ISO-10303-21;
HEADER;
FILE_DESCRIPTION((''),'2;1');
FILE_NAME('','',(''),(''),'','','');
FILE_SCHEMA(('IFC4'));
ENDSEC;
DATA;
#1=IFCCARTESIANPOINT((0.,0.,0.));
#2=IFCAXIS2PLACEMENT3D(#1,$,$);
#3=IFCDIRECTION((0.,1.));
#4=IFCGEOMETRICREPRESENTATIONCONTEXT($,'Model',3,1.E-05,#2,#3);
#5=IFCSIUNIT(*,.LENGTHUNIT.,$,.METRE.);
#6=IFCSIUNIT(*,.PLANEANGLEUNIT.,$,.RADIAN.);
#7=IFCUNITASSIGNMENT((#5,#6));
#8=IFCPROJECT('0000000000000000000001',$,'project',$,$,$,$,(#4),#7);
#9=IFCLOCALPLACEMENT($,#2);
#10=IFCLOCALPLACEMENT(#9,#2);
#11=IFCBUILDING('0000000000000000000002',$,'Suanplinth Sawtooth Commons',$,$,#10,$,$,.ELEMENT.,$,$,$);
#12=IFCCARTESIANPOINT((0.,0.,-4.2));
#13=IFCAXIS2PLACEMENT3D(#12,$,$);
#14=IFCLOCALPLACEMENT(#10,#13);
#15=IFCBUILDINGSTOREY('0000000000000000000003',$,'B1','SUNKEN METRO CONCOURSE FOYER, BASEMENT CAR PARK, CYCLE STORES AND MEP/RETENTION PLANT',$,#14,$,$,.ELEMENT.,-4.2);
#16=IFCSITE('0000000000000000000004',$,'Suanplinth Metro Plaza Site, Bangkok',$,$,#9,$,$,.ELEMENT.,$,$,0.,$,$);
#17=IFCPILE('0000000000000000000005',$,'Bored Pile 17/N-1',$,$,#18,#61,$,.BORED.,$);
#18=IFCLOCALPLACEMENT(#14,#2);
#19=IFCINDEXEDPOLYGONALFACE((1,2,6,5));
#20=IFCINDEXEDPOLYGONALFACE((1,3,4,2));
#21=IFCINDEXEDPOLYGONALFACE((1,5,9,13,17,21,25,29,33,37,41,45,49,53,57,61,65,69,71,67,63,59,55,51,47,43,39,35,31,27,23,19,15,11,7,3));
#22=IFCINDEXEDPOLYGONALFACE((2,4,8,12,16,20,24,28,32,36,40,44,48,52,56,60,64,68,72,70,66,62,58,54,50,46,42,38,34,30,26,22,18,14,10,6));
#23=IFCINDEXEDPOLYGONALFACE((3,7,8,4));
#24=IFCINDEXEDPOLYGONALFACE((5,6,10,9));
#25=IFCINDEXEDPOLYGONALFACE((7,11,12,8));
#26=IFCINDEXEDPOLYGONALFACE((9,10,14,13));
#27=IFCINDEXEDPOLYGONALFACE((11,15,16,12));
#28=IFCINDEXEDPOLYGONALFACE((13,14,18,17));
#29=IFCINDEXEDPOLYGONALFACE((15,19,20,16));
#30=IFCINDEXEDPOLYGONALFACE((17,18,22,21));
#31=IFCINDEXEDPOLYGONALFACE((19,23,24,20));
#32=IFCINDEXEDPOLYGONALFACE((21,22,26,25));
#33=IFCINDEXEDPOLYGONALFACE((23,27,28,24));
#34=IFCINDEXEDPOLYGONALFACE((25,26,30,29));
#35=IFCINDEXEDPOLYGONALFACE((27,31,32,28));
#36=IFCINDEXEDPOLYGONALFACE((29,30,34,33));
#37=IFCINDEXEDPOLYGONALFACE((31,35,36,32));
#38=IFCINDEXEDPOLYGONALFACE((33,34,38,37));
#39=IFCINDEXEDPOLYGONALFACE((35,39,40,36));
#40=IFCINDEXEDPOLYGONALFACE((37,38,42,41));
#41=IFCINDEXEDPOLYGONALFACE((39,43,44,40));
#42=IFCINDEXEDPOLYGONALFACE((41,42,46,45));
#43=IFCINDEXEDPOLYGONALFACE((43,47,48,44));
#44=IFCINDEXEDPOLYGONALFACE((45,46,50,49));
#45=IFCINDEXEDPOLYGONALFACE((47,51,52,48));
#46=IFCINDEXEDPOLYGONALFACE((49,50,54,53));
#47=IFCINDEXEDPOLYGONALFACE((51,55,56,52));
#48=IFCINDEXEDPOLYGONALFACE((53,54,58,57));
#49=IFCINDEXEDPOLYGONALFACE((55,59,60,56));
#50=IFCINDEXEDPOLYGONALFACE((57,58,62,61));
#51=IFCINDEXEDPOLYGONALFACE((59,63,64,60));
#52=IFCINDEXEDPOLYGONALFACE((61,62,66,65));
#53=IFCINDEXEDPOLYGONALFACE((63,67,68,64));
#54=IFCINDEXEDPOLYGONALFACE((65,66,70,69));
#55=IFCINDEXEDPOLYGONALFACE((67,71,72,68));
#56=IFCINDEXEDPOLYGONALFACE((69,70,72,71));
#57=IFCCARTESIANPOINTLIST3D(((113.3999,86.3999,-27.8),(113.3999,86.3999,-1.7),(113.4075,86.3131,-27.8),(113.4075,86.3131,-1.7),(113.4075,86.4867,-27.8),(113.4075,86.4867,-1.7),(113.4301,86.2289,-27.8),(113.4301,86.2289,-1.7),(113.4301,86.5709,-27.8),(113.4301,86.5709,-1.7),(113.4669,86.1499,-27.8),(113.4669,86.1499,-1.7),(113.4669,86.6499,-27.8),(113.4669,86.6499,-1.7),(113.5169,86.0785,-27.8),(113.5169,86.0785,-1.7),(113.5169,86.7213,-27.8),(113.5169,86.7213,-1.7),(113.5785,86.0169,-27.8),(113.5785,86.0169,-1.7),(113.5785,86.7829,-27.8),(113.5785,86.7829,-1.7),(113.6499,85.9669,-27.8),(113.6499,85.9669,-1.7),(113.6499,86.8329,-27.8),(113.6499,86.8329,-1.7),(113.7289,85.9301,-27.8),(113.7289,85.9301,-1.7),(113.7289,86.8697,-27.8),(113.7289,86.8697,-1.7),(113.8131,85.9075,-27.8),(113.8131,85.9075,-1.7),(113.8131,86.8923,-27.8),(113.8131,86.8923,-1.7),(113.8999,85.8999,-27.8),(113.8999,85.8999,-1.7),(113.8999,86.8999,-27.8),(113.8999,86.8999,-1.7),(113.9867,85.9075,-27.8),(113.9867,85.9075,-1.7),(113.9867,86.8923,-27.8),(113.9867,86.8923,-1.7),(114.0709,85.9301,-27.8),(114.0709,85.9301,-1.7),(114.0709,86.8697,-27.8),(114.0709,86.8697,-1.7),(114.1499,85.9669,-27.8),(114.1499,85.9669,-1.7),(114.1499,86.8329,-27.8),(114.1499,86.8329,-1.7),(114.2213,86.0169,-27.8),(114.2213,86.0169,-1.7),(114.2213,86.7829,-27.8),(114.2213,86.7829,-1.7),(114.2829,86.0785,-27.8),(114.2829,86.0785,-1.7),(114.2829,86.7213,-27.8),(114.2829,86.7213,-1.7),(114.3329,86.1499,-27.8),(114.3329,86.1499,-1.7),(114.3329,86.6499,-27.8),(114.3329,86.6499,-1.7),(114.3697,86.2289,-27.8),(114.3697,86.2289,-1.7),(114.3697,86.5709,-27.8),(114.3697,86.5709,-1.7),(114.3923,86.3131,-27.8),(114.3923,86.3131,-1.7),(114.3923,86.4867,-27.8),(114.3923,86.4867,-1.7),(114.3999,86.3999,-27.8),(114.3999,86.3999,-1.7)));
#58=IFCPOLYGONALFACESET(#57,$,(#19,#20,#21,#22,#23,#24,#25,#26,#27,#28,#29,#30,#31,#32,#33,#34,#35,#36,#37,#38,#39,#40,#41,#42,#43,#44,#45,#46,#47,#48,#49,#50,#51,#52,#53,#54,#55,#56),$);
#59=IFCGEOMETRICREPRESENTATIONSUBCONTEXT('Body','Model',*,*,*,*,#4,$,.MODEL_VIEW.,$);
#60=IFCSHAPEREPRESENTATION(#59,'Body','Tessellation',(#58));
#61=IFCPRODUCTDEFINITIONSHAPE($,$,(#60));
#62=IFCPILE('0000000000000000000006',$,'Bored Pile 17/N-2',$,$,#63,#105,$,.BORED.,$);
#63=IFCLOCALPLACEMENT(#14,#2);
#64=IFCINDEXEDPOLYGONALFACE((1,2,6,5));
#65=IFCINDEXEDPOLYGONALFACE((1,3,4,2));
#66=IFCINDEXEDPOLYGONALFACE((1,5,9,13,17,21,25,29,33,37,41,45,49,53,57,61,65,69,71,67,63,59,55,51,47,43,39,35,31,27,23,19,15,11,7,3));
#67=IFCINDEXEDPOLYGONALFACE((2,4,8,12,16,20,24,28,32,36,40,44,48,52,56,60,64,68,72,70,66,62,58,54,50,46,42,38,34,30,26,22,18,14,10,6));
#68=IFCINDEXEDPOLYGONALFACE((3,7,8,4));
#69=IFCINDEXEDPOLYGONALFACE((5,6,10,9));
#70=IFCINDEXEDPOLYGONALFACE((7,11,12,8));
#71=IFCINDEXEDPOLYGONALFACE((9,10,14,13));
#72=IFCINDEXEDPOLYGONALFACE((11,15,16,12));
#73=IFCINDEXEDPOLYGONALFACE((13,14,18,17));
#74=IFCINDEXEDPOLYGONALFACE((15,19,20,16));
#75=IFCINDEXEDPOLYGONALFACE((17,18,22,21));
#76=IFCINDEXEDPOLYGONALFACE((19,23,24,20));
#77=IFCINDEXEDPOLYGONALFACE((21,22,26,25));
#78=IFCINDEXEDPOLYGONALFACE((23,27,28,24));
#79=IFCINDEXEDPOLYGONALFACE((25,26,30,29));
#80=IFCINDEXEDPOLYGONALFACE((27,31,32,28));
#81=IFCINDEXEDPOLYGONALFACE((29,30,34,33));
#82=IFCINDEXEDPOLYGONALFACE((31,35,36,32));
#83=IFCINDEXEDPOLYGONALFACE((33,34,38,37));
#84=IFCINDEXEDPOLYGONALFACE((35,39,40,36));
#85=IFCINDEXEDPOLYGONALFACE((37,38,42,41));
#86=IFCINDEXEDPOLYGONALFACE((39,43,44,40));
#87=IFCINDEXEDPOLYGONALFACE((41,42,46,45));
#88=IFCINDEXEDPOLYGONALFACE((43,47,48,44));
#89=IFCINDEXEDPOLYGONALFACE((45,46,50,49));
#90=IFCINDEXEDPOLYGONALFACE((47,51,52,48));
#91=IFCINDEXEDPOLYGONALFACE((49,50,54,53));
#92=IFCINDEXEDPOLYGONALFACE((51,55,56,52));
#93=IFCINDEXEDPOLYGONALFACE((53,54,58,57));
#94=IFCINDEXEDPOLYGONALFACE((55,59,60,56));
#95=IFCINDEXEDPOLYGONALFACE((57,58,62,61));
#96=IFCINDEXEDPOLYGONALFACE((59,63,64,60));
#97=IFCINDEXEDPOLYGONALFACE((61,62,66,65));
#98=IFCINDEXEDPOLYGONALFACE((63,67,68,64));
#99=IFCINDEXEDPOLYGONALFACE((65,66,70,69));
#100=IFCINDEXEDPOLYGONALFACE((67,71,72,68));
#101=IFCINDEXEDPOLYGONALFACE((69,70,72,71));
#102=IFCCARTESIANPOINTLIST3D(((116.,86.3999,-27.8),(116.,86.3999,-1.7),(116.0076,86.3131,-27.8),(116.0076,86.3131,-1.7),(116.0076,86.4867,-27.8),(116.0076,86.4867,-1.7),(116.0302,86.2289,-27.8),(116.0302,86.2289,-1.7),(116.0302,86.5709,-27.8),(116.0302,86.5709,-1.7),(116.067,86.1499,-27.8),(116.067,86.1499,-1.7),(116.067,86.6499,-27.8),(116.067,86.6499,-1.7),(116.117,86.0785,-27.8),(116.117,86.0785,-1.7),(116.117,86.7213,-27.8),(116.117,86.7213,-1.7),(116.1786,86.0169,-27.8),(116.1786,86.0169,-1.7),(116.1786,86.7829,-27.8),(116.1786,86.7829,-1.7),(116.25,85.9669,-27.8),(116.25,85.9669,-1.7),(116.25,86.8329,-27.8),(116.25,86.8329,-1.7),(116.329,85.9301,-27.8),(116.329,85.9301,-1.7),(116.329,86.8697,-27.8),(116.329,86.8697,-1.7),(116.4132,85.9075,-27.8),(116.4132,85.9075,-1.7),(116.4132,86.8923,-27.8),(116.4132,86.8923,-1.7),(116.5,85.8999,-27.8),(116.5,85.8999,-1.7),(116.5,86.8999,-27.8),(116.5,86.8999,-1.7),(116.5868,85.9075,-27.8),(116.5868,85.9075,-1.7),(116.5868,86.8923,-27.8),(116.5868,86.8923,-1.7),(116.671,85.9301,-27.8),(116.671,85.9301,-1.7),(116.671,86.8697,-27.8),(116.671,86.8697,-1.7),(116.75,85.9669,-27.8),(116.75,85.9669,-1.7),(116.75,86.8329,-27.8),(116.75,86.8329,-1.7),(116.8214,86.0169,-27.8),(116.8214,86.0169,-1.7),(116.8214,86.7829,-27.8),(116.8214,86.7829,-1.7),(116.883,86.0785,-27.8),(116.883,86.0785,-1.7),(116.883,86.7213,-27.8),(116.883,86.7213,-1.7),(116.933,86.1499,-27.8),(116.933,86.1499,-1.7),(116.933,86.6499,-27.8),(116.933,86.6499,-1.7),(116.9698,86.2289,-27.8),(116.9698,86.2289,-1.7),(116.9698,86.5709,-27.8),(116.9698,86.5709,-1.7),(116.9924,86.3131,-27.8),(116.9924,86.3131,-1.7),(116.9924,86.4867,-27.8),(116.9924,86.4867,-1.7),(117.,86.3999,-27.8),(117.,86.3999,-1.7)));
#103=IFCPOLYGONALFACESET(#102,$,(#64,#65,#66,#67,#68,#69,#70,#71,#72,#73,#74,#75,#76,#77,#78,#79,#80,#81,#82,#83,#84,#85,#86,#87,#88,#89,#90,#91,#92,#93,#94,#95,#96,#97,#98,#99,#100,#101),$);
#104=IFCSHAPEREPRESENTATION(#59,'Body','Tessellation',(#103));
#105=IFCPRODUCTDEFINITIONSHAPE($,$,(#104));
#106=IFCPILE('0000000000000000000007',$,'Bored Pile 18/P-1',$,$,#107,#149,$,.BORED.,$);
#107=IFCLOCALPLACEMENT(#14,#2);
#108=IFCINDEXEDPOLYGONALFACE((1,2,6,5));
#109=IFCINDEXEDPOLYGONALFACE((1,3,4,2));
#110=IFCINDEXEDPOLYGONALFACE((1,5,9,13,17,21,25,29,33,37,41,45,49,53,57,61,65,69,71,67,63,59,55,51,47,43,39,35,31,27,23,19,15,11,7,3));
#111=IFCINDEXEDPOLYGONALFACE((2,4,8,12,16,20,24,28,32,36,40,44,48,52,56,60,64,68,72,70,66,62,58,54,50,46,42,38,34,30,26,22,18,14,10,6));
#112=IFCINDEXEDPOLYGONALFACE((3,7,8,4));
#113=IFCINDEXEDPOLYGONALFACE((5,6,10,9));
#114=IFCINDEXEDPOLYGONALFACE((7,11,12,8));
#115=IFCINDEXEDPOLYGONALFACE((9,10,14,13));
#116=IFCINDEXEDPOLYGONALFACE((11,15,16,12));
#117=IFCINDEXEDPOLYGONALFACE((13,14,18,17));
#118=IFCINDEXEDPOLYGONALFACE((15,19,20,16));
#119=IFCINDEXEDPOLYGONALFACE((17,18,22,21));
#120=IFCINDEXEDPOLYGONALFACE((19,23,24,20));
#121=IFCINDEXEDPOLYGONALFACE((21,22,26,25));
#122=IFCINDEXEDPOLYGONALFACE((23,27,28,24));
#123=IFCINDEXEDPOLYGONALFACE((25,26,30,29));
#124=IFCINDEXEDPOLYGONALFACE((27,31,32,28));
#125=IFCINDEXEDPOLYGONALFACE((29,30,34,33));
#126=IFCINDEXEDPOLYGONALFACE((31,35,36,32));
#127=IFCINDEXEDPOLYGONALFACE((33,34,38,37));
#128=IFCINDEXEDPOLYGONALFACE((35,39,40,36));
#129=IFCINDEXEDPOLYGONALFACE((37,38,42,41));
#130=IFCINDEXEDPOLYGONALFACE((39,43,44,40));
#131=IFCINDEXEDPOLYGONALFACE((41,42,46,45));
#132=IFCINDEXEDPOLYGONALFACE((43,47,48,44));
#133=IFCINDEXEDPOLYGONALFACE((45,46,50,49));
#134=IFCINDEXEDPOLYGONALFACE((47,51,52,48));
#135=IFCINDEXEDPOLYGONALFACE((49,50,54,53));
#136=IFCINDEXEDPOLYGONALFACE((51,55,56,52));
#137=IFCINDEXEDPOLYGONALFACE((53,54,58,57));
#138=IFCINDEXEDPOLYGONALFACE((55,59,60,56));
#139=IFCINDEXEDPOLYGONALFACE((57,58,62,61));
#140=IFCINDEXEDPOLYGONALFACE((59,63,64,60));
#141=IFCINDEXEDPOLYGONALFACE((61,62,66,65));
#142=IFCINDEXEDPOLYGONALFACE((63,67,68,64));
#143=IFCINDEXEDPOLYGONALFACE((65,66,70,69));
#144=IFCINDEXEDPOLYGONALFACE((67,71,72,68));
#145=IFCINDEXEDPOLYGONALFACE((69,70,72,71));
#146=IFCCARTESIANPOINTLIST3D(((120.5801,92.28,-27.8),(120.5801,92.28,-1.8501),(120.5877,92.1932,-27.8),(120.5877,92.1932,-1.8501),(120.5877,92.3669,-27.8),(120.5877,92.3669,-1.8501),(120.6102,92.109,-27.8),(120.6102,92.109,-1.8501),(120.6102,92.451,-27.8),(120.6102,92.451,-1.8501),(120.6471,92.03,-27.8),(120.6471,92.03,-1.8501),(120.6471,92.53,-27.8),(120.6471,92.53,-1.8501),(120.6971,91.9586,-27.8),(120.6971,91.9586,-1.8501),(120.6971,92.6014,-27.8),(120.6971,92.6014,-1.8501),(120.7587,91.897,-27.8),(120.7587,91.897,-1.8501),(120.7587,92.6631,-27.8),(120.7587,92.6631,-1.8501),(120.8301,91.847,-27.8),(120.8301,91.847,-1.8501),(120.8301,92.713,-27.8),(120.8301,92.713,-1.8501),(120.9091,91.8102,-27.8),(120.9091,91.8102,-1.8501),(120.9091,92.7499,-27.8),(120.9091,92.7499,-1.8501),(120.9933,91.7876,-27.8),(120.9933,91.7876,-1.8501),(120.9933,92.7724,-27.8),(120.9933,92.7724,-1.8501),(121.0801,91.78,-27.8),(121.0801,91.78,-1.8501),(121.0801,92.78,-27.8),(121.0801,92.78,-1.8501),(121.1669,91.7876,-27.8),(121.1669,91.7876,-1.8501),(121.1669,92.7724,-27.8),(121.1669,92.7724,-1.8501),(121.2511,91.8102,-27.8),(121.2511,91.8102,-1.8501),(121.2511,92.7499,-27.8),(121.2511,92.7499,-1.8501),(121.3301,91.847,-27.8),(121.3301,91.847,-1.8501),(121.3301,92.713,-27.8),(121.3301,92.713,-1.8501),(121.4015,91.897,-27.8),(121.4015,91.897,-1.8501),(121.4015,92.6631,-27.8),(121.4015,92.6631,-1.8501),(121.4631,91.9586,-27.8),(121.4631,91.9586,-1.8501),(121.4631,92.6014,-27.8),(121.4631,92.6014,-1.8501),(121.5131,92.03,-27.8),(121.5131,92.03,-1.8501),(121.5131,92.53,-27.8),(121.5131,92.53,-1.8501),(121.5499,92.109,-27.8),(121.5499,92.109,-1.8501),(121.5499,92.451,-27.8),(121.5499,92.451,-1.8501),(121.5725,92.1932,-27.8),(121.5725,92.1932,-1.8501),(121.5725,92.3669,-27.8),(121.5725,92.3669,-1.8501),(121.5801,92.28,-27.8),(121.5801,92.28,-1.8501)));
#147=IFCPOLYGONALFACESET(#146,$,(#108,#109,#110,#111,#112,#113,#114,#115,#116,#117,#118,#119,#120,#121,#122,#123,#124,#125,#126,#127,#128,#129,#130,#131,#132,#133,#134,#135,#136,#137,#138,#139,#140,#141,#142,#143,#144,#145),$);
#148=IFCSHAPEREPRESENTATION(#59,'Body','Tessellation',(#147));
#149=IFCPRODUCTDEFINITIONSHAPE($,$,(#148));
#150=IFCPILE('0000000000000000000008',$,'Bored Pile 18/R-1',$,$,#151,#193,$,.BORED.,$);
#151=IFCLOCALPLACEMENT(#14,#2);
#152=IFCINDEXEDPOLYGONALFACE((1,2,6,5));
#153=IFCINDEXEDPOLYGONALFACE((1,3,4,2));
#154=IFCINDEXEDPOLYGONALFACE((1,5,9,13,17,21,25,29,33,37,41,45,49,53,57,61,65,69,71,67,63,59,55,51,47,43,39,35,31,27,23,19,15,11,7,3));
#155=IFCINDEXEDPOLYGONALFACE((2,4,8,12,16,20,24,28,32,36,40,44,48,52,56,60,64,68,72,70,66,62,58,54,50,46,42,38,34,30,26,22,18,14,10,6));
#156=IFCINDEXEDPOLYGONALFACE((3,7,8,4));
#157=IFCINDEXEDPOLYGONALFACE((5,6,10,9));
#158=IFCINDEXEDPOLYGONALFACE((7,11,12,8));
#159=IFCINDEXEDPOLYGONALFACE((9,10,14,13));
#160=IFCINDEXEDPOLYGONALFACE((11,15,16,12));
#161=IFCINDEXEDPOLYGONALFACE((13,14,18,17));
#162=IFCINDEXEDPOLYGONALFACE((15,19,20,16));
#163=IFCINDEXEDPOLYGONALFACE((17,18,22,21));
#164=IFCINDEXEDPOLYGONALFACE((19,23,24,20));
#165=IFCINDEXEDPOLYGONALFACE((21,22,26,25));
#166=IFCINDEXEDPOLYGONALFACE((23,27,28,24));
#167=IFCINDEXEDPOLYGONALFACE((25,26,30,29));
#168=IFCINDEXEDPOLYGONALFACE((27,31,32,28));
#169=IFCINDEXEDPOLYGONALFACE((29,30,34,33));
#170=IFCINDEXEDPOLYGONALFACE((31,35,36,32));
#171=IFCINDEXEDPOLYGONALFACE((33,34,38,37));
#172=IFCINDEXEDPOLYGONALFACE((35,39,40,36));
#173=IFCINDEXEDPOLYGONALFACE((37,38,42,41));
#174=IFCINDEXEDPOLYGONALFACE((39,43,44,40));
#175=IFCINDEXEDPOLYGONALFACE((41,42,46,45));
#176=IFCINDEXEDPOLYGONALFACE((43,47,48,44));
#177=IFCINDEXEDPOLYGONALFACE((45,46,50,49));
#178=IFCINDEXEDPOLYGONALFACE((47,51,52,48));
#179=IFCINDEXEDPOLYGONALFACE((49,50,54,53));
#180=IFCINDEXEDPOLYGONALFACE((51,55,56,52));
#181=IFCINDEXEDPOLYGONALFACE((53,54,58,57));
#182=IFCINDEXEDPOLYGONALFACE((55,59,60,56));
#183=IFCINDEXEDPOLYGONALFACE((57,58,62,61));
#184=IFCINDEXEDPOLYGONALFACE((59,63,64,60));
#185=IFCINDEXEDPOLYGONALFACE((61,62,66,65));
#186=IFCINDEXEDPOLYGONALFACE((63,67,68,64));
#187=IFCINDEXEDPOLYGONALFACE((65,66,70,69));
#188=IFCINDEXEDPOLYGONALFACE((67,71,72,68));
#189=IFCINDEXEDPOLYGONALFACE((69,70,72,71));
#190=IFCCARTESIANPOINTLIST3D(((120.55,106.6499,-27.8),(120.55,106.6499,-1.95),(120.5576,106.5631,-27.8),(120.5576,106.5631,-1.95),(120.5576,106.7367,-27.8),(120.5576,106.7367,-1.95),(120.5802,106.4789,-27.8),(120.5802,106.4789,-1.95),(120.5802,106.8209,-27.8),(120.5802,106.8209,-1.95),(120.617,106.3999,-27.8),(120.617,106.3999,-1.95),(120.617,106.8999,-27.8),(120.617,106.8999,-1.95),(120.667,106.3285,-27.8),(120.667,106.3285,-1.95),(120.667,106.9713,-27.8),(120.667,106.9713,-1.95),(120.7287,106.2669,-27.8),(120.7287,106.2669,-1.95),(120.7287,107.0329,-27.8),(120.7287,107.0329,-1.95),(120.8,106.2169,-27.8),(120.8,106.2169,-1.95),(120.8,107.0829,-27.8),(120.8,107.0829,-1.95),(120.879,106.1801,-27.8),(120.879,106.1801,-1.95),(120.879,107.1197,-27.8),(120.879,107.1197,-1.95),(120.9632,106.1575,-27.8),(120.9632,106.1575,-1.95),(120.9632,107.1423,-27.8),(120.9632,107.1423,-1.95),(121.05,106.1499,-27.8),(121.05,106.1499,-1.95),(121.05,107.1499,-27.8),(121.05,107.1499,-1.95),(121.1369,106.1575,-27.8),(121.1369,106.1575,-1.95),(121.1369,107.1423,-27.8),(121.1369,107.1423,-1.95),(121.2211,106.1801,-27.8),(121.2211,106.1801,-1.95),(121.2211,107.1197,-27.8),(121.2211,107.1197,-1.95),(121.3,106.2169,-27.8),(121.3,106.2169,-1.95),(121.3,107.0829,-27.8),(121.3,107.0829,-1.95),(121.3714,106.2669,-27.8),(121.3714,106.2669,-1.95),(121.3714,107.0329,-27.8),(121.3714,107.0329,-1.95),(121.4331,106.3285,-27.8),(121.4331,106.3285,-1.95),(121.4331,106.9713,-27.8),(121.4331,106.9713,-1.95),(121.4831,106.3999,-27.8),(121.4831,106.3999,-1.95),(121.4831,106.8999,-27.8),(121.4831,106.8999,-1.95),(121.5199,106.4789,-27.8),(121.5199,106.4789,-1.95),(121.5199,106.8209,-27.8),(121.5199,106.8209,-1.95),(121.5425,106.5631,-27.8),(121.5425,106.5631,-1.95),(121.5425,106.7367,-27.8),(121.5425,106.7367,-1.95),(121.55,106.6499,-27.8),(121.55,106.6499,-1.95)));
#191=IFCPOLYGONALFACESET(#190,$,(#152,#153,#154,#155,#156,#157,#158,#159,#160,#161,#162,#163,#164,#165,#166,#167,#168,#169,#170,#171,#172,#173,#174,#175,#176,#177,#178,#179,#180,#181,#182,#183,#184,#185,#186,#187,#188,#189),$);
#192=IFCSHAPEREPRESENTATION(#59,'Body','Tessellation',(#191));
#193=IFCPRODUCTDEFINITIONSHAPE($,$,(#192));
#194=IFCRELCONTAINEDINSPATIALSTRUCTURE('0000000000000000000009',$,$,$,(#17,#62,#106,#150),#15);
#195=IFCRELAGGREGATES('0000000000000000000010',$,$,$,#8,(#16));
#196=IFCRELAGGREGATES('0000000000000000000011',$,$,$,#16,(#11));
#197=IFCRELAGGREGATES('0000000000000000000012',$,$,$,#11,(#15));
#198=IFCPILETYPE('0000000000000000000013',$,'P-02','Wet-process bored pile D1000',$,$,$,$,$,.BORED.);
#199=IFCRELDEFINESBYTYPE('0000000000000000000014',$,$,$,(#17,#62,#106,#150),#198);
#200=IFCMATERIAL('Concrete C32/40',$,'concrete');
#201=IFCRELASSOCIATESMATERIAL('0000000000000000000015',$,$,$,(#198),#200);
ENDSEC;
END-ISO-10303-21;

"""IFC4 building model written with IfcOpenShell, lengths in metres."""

from ifc_helpers import new_model, si_unit, direction, frame, origin, origin_2d, place, context, subcontext, project, spatial, circle, extrude, material, material_profile, profile_set, type_object, element, save


model = new_model("IFC4")

# Units and contexts
model_context = context("Model", 3, precision=1e-05, world=origin(), true_north=direction((0.0, 1.0)))
body_context = subcontext(model_context, "Body", "Model", "MODEL_VIEW")
ifc_project = project(units=[si_unit("LENGTHUNIT", "METRE"), si_unit("PLANEANGLEUNIT", "RADIAN")], contexts=[model_context])

# Site, building, storey
site_placement = place(None, origin())
site = spatial("IfcSite", under=ifc_project, at=site_placement, Name="Suanplinth Metro Plaza Site, Bangkok", CompositionType="ELEMENT", RefElevation=0.0)
building_placement = place(site_placement, origin())
building = spatial("IfcBuilding", under=site, at=building_placement, Name="Suanplinth Sawtooth Commons", CompositionType="ELEMENT")
storey_placement = place(building_placement, frame((0.0, 0.0, -4.2)))
storey = spatial("IfcBuildingStorey", under=building, at=storey_placement, Name="B1", Description="SUNKEN METRO CONCOURSE FOYER, BASEMENT CAR PARK, CYCLE STORES AND MEP/RETENTION PLANT", CompositionType="ELEMENT", Elevation=-4.2)

# Piles
ifc_material_1 = material(Name="Concrete C32/40", Category="concrete")
ifc_material_profile_1 = material_profile(ifc_material_1, circle(Radius=0.5, at=origin_2d()), Name="PILE D1000")
ifc_profile_set_1 = profile_set([ifc_material_profile_1], Name="Concrete C32/40")
pile_type_1 = type_object("IfcPileType", Name="P-02", Description="Wet-process bored pile D1000", PredefinedType="BORED", material=ifc_profile_set_1)
for number, where, z_axis, x_axis, name in (
    (1, (113.8999, 86.3999, -1.7), (0.0, 0.0, -1.0), (1.0, 0.0, 0.0), "Bored Pile 17/N-1"),
    (2, (116.5, 86.3999, -1.7), (0.0, 0.0, -1.0), (1.0, 0.0, 0.0), "Bored Pile 17/N-2"),
):
    element("IfcPile", number, at=place(storey_placement, frame(where, z_axis=z_axis, x_axis=x_axis)), inside=storey, type_object=pile_type_1, Name=name, PredefinedType="BORED", context=body_context, shape_type="SweptSolid", body=[
        extrude(circle(Radius=0.5, at=origin_2d()), origin(), (0.0, 0.0, 1.0), 26.1001),
    ])
pile_1_placement = place(storey_placement, frame((121.0801, 92.28, -1.8501), z_axis=(0.0, 0.0, -1.0), x_axis=(1.0, 0.0, 0.0)))
element("IfcPile", 3, at=pile_1_placement, inside=storey, type_object=pile_type_1, Name="Bored Pile 18/P-1", PredefinedType="BORED", context=body_context, shape_type="SweptSolid", body=[
    extrude(circle(Radius=0.5, at=origin_2d()), origin(), (0.0, 0.0, 1.0), 25.95),
])
pile_2_placement = place(storey_placement, frame((121.05, 106.6499, -1.95), z_axis=(0.0, 0.0, -1.0), x_axis=(1.0, 0.0, 0.0)))
element("IfcPile", 4, at=pile_2_placement, inside=storey, type_object=pile_type_1, Name="Bored Pile 18/R-1", PredefinedType="BORED", context=body_context, shape_type="SweptSolid", body=[
    extrude(circle(Radius=0.5, at=origin_2d()), origin(), (0.0, 0.0, 1.0), 25.8501),
])

save(model, "model.ifc")
